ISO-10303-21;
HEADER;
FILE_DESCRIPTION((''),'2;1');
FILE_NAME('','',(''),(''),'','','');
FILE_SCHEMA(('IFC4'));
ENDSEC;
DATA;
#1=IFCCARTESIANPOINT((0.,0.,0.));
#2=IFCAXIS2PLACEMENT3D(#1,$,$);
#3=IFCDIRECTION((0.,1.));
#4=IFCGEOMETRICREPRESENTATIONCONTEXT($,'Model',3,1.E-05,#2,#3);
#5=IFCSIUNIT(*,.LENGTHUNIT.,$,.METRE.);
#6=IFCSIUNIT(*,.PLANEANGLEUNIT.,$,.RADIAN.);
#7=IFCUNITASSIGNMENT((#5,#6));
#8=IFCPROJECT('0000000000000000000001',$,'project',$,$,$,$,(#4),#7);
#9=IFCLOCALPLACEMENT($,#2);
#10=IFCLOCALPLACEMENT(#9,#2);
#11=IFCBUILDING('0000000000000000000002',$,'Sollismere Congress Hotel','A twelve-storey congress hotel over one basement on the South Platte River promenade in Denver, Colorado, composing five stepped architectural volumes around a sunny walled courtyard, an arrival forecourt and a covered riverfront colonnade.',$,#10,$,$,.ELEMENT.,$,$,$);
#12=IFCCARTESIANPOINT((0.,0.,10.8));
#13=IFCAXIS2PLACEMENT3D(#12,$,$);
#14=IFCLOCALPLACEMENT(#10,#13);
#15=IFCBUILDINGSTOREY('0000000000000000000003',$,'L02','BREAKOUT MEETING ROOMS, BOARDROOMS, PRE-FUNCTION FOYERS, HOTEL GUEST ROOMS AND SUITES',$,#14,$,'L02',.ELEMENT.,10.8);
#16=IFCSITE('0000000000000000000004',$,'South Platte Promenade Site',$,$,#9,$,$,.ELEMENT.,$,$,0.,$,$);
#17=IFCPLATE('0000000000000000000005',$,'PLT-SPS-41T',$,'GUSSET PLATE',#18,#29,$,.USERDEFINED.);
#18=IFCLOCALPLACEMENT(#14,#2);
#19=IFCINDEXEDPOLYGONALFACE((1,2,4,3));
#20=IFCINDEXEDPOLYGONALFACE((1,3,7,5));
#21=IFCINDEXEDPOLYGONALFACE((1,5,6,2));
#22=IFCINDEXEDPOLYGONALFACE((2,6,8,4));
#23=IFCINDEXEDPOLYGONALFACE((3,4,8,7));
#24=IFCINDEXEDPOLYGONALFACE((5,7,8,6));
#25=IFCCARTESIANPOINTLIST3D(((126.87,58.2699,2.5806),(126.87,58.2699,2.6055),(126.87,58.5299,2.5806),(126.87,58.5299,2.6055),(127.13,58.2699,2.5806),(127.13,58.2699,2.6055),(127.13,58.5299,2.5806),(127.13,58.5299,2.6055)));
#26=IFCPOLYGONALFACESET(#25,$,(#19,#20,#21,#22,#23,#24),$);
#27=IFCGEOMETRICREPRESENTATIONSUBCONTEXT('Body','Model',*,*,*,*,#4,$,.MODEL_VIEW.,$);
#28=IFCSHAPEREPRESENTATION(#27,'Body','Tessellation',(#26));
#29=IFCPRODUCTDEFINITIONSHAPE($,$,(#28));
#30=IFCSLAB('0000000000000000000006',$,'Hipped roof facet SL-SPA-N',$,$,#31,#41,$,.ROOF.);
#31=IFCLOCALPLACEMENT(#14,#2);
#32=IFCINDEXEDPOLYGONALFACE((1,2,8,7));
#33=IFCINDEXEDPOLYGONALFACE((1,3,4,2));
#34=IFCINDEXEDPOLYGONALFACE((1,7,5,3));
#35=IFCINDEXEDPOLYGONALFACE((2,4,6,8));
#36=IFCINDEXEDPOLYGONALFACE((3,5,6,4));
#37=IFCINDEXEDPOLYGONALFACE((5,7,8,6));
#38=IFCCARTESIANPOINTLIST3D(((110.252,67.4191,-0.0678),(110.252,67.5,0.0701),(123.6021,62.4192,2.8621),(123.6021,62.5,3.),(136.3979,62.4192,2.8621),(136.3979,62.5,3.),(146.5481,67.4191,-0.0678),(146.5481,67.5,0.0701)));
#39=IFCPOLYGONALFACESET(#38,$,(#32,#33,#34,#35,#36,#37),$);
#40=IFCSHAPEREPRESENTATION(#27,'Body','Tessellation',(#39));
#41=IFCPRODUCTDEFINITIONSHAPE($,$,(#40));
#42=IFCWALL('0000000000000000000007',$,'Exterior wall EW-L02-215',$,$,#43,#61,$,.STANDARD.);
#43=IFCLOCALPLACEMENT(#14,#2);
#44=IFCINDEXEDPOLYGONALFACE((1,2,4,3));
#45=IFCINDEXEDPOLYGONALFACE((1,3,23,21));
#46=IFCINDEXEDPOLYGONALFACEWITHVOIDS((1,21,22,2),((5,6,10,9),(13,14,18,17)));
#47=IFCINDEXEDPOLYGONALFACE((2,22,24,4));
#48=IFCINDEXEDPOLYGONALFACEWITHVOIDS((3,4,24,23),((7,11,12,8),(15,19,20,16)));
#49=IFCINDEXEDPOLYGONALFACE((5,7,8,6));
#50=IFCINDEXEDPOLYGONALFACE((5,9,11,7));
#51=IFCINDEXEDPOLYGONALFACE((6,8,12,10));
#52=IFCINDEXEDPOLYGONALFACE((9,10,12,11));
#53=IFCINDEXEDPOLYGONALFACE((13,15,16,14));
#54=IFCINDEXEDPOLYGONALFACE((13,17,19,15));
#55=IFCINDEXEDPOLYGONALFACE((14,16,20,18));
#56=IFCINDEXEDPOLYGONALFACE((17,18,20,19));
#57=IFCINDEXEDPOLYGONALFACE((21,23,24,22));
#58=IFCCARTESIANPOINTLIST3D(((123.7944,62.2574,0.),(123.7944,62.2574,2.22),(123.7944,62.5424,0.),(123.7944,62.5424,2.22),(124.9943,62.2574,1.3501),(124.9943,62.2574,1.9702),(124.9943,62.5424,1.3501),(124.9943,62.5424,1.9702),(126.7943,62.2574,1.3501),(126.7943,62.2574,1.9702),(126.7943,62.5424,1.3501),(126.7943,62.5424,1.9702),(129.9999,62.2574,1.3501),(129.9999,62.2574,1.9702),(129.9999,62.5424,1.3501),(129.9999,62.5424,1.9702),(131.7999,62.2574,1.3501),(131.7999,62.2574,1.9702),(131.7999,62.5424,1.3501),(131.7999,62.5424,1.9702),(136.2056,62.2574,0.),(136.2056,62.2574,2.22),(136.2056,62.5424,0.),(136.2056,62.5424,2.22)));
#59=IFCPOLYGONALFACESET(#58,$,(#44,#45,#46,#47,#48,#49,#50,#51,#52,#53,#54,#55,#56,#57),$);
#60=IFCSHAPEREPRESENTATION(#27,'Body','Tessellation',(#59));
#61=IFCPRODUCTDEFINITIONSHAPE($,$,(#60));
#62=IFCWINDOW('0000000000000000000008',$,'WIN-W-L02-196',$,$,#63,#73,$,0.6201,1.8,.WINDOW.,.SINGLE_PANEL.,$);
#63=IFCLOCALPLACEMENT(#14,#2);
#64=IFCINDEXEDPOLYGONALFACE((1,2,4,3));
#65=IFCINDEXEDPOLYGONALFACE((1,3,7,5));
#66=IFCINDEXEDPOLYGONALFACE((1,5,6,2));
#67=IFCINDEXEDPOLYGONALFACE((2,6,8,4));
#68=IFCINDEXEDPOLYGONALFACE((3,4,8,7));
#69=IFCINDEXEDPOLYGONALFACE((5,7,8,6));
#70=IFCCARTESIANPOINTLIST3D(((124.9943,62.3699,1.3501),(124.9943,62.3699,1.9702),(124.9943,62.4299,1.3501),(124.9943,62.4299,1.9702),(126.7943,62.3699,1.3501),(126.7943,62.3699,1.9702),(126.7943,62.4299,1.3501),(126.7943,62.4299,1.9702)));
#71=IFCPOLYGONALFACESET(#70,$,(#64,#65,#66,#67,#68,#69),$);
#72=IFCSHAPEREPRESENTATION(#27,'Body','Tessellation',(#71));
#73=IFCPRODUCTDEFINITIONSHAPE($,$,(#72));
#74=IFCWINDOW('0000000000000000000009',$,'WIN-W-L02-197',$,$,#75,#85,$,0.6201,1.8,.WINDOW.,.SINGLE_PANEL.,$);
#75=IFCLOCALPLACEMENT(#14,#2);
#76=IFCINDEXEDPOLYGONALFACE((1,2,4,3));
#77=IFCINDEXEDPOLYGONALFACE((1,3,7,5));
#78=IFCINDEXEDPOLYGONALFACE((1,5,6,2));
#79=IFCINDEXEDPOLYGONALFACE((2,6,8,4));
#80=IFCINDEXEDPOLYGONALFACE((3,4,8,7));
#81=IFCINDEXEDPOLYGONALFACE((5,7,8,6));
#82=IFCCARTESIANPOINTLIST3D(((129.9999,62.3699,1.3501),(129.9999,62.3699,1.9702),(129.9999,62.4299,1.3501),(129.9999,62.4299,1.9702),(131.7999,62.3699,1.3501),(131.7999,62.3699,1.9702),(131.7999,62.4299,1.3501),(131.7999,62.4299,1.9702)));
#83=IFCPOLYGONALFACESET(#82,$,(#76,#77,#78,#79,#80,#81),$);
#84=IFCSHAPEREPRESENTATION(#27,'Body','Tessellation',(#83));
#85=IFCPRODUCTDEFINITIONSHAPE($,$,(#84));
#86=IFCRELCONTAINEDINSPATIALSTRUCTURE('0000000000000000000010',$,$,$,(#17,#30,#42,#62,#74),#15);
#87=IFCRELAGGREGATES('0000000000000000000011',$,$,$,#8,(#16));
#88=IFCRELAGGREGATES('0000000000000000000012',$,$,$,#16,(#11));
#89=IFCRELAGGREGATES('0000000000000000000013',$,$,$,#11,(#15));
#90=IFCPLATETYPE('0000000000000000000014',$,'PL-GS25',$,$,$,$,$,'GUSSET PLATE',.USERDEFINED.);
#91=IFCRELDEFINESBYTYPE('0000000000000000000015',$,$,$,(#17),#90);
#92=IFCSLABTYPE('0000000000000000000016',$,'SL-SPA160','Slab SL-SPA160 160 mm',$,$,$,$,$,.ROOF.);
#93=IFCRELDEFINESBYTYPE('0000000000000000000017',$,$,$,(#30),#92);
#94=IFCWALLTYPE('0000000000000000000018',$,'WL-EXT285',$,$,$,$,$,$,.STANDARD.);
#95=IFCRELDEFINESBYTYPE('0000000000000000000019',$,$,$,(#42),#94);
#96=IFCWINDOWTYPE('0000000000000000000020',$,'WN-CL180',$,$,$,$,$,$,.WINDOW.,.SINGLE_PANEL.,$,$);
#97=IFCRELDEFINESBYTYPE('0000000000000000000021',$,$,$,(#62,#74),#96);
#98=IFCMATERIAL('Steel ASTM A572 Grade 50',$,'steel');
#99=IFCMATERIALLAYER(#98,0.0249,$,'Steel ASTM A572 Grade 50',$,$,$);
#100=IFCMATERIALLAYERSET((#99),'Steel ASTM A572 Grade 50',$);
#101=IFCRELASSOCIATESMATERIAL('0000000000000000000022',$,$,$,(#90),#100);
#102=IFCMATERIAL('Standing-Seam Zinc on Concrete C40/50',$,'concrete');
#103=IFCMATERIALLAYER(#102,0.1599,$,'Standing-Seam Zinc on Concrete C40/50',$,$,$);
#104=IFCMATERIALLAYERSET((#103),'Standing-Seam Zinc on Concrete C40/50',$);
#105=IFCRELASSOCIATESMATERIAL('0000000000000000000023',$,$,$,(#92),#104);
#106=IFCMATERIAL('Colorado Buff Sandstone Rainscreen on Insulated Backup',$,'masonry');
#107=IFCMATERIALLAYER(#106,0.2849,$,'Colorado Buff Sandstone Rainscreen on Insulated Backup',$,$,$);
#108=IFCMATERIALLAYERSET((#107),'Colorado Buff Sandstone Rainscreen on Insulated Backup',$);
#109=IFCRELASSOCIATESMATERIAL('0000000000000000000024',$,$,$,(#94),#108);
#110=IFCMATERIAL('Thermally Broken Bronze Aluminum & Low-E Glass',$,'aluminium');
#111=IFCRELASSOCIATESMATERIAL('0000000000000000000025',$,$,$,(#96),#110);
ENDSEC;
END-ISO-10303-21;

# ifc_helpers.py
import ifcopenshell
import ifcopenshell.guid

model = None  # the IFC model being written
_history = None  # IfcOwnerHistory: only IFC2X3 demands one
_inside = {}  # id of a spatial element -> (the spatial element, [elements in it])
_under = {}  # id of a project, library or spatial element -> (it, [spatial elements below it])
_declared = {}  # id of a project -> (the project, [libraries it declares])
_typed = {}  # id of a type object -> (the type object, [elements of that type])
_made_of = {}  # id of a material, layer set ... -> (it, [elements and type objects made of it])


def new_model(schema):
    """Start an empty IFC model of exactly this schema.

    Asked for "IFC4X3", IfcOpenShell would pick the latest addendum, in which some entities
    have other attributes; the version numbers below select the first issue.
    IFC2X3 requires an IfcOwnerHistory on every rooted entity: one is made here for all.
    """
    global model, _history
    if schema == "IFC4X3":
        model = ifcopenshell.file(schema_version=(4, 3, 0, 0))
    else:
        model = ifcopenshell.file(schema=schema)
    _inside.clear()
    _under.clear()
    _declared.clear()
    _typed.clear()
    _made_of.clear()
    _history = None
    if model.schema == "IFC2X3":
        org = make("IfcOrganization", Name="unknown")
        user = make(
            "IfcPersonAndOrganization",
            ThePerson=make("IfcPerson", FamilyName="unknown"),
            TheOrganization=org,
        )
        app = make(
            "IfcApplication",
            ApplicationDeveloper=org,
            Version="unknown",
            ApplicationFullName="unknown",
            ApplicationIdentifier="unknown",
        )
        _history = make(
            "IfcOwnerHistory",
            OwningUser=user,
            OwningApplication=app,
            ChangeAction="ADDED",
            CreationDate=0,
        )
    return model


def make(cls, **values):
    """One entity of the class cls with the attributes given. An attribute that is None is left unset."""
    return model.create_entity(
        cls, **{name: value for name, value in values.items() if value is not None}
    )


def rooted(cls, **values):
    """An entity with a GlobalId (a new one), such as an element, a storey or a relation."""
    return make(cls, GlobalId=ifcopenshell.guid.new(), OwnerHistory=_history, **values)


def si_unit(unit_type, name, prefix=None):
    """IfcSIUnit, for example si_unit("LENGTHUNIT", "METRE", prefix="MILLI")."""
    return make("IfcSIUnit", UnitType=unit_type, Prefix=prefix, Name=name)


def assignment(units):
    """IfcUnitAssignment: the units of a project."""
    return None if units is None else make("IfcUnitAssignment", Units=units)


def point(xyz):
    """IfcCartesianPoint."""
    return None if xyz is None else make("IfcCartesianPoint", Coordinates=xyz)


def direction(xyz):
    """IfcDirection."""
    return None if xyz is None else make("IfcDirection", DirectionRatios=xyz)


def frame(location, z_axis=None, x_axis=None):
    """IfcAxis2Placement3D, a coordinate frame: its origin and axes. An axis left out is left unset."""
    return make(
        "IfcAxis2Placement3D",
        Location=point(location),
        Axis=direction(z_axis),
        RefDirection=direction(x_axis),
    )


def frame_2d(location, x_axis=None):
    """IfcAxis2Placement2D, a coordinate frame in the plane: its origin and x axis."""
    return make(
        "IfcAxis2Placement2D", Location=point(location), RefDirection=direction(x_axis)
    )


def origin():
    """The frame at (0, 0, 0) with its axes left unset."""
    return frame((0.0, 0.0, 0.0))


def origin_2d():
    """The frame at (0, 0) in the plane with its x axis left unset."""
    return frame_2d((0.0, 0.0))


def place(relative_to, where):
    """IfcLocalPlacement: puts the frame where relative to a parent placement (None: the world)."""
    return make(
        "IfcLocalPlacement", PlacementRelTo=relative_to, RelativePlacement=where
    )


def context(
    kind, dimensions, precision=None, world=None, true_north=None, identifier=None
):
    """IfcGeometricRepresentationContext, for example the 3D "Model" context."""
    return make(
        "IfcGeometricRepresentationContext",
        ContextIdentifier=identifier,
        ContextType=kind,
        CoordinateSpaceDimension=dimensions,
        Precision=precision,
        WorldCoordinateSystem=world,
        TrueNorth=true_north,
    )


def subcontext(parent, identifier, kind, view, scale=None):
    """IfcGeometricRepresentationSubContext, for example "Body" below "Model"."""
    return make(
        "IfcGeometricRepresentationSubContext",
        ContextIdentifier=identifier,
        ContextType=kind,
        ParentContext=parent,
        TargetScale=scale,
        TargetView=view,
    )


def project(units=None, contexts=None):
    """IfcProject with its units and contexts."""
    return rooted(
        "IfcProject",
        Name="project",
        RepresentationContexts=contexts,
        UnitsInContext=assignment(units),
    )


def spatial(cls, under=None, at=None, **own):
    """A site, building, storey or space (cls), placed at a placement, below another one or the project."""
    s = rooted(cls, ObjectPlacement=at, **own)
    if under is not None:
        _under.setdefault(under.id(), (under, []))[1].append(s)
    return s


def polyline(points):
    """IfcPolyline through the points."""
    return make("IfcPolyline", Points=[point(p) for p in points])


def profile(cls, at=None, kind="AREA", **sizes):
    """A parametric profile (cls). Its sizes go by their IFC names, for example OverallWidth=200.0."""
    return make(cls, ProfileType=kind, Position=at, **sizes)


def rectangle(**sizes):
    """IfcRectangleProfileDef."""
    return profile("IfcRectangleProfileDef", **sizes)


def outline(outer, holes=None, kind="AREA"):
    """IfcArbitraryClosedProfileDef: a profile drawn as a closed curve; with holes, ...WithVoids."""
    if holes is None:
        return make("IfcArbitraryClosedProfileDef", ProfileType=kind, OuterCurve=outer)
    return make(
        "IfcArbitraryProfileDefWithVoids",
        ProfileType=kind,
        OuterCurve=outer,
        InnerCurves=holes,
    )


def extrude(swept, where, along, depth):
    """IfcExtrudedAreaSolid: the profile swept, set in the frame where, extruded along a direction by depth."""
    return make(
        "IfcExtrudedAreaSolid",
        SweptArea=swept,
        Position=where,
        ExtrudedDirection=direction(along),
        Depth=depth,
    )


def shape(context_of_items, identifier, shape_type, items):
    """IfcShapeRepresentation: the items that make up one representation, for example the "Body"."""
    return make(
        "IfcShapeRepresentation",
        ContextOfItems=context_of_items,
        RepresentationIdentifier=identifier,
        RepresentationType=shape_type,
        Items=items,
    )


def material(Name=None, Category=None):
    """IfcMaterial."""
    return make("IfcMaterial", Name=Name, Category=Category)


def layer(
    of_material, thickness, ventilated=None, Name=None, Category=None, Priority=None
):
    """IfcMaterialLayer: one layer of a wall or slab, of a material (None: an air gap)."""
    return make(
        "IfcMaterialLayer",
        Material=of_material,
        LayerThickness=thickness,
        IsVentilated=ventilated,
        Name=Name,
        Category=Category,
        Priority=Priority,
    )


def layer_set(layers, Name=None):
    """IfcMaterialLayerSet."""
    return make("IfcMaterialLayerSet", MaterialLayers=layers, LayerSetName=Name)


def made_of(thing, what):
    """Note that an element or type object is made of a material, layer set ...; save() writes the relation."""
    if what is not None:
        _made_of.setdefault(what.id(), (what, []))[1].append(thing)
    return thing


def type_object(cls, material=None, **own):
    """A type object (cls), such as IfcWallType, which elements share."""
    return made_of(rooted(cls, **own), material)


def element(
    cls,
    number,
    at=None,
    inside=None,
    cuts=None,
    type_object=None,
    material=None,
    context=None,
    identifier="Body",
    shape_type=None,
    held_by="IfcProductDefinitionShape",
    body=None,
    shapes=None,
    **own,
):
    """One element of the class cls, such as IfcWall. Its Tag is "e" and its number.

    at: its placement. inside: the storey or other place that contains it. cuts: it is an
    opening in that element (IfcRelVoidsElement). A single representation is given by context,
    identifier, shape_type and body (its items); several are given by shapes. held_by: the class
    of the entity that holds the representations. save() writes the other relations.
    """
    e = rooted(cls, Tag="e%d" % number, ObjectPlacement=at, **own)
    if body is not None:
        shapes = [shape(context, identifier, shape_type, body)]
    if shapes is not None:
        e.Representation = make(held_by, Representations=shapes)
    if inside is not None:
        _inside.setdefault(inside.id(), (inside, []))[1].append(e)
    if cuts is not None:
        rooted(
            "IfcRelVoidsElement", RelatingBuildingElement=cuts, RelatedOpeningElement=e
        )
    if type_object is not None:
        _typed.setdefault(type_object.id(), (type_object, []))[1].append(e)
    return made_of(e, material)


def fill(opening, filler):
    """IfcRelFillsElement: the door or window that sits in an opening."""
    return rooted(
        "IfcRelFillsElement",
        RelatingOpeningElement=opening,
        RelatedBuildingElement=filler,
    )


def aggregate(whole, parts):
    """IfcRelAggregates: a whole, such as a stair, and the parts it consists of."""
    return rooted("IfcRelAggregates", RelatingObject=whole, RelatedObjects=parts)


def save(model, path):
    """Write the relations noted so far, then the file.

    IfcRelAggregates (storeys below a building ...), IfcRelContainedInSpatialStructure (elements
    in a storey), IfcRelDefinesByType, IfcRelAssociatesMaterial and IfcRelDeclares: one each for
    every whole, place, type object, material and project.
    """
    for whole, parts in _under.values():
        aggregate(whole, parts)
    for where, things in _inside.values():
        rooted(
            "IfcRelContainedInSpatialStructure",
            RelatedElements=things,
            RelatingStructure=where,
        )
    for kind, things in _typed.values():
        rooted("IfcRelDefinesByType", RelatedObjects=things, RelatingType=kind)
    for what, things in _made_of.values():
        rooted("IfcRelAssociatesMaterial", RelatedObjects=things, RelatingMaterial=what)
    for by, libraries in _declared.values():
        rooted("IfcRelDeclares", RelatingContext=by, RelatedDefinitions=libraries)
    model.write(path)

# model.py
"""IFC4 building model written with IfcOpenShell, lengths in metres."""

from ifc_helpers import new_model, si_unit, direction, frame, frame_2d, origin, origin_2d, place, context, subcontext, project, spatial, polyline, rectangle, outline, extrude, material, layer, layer_set, type_object, element, fill, save


model = new_model("IFC4")

# Units and contexts
model_context = context("Model", 3, precision=1e-05, world=origin(), true_north=direction((0.0, 1.0)))
body_context = subcontext(model_context, "Body", "Model", "MODEL_VIEW")
ifc_project = project(units=[si_unit("LENGTHUNIT", "METRE"), si_unit("PLANEANGLEUNIT", "RADIAN")], contexts=[model_context])

# Site, building, storey
site_placement = place(None, origin())
site = spatial("IfcSite", under=ifc_project, at=site_placement, Name="South Platte Promenade Site", CompositionType="ELEMENT", RefElevation=0.0)
building_placement = place(site_placement, origin())
building = spatial("IfcBuilding", under=site, at=building_placement, Name="Sollismere Congress Hotel", Description="A twelve-storey congress hotel over one basement on the South Platte River promenade in Denver, Colorado, composing five stepped architectural volumes around a sunny walled courtyard, an arrival forecourt and a covered riverfront colonnade.", CompositionType="ELEMENT")
storey_placement = place(building_placement, frame((0.0, 0.0, 10.8)))
storey = spatial("IfcBuildingStorey", under=building, at=storey_placement, Name="L02", Description="BREAKOUT MEETING ROOMS, BOARDROOMS, PRE-FUNCTION FOYERS, HOTEL GUEST ROOMS AND SUITES", LongName="L02", CompositionType="ELEMENT", Elevation=10.8)

# Plate
ifc_material_1 = material(Name="Steel ASTM A572 Grade 50", Category="steel")
ifc_layer_1 = layer(ifc_material_1, 0.0249, Name="Steel ASTM A572 Grade 50")
ifc_layer_set_1 = layer_set([ifc_layer_1], Name="Steel ASTM A572 Grade 50")
plate_type = type_object("IfcPlateType", Name="PL-GS25", ElementType="GUSSET PLATE", PredefinedType="USERDEFINED", material=ifc_layer_set_1)
for number, where, z_axis, x_axis, name in (
    (1, (127.0, 58.3999, 2.5806), (0.0, 0.0, 1.0), (1.0, 0.0, 0.0), "PLT-SPS-41T"),
):
    element("IfcPlate", number, at=place(storey_placement, frame(where, z_axis=z_axis, x_axis=x_axis)), inside=storey, type_object=plate_type, Name=name, ObjectType="GUSSET PLATE", PredefinedType="USERDEFINED", context=body_context, shape_type="SweptSolid", body=[
        extrude(rectangle(XDim=0.26, YDim=0.26, at=origin_2d()), origin(), (0.0, 0.0, 1.0), 0.0249),
    ])

# Slab
ifc_material_2 = material(Name="Standing-Seam Zinc on Concrete C40/50", Category="concrete")
ifc_layer_2 = layer(ifc_material_2, 0.1599, Name="Standing-Seam Zinc on Concrete C40/50")
ifc_layer_set_2 = layer_set([ifc_layer_2], Name="Standing-Seam Zinc on Concrete C40/50")
slab_type = type_object("IfcSlabType", Name="SL-SPA160", Description="Slab SL-SPA160 160 mm", PredefinedType="ROOF", material=ifc_layer_set_2)
slab_placement = place(storey_placement, frame((123.6021, 62.4192, 2.8621), z_axis=(0.0, 0.505578, 0.862781), x_axis=(1.0, 0.0, 0.0)))
element("IfcSlab", 2, at=slab_placement, inside=storey, type_object=slab_type, Name="Hipped roof facet SL-SPA-N", PredefinedType="ROOF", context=body_context, shape_type="SweptSolid", body=[
    extrude(outline(polyline([(0.0, 0.0), (12.7959, 0.0), (22.946, 5.7952), (-13.3501, 5.7952), (0.0, 0.0)])), origin(), (0.0, 0.0, 1.0), 0.1599),
])

# Wall, openings, windows
ifc_material_3 = material(Name="Colorado Buff Sandstone Rainscreen on Insulated Backup", Category="masonry")
ifc_layer_3 = layer(ifc_material_3, 0.2849, Name="Colorado Buff Sandstone Rainscreen on Insulated Backup")
ifc_layer_set_3 = layer_set([ifc_layer_3], Name="Colorado Buff Sandstone Rainscreen on Insulated Backup")
wall_type = type_object("IfcWallType", Name="WL-EXT285", PredefinedType="STANDARD", material=ifc_layer_set_3)
wall_placement = place(storey_placement, frame((123.7944, 62.3999, 0.0), z_axis=(0.0, 0.0, 1.0), x_axis=(1.0, 0.0, 0.0)))
wall = element("IfcWall", 3, at=wall_placement, inside=storey, type_object=wall_type, Name="Exterior wall EW-L02-215", PredefinedType="STANDARD", context=body_context, shape_type="SweptSolid", body=[
    extrude(rectangle(XDim=12.4111, YDim=0.2849, at=frame_2d((6.2056, 0.0))), origin(), (0.0, 0.0, 1.0), 2.22),
])
opening_1_placement = place(wall_placement, frame((1.2, 0.0, 1.3501)))
opening_1 = element("IfcOpeningElement", 4, at=opening_1_placement, cuts=wall, PredefinedType="OPENING", context=body_context, shape_type="SweptSolid", body=[
    extrude(rectangle(XDim=1.8, YDim=0.6201, at=frame_2d((0.8999, 0.3101))), frame((0.0, 0.1523, 0.0), z_axis=(0.0, -1.0, 0.0), x_axis=(1.0, 0.0, 0.0)), (0.0, 0.0, 1.0), 0.3049),
])
opening_2_placement = place(wall_placement, frame((6.2056, 0.0, 1.3501)))
opening_2 = element("IfcOpeningElement", 5, at=opening_2_placement, cuts=wall, PredefinedType="OPENING", context=body_context, shape_type="SweptSolid", body=[
    extrude(rectangle(XDim=1.8, YDim=0.6201, at=frame_2d((0.8999, 0.3101))), frame((0.0, 0.1523, 0.0), z_axis=(0.0, -1.0, 0.0), x_axis=(1.0, 0.0, 0.0)), (0.0, 0.0, 1.0), 0.3049),
])
ifc_material_4 = material(Name="Thermally Broken Bronze Aluminum & Low-E Glass", Category="aluminium")
window_type = type_object("IfcWindowType", Name="WN-CL180", PartitioningType="SINGLE_PANEL", PredefinedType="WINDOW", material=ifc_material_4)
window_1_placement = place(opening_1_placement, origin())
window_1 = element("IfcWindow", 6, at=window_1_placement, inside=storey, type_object=window_type, Name="WIN-W-L02-196", OverallHeight=0.6201, OverallWidth=1.8, PartitioningType="SINGLE_PANEL", PredefinedType="WINDOW", context=body_context, shape_type="SweptSolid", body=[
    extrude(rectangle(XDim=1.8, YDim=0.6201, at=frame_2d((0.8999, 0.3101))), frame((0.0, 0.03, 0.0), z_axis=(0.0, -1.0, 0.0), x_axis=(1.0, 0.0, 0.0)), (0.0, 0.0, 1.0), 0.0601),
])
fill(opening_1, window_1)
window_2_placement = place(opening_2_placement, origin())
window_2 = element("IfcWindow", 7, at=window_2_placement, inside=storey, type_object=window_type, Name="WIN-W-L02-197", OverallHeight=0.6201, OverallWidth=1.8, PartitioningType="SINGLE_PANEL", PredefinedType="WINDOW", context=body_context, shape_type="SweptSolid", body=[
    extrude(rectangle(XDim=1.8, YDim=0.6201, at=frame_2d((0.8999, 0.3101))), frame((0.0, 0.03, 0.0), z_axis=(0.0, -1.0, 0.0), x_axis=(1.0, 0.0, 0.0)), (0.0, 0.0, 1.0), 0.0601),
])
fill(opening_2, window_2)

save(model, "model.ifc")
